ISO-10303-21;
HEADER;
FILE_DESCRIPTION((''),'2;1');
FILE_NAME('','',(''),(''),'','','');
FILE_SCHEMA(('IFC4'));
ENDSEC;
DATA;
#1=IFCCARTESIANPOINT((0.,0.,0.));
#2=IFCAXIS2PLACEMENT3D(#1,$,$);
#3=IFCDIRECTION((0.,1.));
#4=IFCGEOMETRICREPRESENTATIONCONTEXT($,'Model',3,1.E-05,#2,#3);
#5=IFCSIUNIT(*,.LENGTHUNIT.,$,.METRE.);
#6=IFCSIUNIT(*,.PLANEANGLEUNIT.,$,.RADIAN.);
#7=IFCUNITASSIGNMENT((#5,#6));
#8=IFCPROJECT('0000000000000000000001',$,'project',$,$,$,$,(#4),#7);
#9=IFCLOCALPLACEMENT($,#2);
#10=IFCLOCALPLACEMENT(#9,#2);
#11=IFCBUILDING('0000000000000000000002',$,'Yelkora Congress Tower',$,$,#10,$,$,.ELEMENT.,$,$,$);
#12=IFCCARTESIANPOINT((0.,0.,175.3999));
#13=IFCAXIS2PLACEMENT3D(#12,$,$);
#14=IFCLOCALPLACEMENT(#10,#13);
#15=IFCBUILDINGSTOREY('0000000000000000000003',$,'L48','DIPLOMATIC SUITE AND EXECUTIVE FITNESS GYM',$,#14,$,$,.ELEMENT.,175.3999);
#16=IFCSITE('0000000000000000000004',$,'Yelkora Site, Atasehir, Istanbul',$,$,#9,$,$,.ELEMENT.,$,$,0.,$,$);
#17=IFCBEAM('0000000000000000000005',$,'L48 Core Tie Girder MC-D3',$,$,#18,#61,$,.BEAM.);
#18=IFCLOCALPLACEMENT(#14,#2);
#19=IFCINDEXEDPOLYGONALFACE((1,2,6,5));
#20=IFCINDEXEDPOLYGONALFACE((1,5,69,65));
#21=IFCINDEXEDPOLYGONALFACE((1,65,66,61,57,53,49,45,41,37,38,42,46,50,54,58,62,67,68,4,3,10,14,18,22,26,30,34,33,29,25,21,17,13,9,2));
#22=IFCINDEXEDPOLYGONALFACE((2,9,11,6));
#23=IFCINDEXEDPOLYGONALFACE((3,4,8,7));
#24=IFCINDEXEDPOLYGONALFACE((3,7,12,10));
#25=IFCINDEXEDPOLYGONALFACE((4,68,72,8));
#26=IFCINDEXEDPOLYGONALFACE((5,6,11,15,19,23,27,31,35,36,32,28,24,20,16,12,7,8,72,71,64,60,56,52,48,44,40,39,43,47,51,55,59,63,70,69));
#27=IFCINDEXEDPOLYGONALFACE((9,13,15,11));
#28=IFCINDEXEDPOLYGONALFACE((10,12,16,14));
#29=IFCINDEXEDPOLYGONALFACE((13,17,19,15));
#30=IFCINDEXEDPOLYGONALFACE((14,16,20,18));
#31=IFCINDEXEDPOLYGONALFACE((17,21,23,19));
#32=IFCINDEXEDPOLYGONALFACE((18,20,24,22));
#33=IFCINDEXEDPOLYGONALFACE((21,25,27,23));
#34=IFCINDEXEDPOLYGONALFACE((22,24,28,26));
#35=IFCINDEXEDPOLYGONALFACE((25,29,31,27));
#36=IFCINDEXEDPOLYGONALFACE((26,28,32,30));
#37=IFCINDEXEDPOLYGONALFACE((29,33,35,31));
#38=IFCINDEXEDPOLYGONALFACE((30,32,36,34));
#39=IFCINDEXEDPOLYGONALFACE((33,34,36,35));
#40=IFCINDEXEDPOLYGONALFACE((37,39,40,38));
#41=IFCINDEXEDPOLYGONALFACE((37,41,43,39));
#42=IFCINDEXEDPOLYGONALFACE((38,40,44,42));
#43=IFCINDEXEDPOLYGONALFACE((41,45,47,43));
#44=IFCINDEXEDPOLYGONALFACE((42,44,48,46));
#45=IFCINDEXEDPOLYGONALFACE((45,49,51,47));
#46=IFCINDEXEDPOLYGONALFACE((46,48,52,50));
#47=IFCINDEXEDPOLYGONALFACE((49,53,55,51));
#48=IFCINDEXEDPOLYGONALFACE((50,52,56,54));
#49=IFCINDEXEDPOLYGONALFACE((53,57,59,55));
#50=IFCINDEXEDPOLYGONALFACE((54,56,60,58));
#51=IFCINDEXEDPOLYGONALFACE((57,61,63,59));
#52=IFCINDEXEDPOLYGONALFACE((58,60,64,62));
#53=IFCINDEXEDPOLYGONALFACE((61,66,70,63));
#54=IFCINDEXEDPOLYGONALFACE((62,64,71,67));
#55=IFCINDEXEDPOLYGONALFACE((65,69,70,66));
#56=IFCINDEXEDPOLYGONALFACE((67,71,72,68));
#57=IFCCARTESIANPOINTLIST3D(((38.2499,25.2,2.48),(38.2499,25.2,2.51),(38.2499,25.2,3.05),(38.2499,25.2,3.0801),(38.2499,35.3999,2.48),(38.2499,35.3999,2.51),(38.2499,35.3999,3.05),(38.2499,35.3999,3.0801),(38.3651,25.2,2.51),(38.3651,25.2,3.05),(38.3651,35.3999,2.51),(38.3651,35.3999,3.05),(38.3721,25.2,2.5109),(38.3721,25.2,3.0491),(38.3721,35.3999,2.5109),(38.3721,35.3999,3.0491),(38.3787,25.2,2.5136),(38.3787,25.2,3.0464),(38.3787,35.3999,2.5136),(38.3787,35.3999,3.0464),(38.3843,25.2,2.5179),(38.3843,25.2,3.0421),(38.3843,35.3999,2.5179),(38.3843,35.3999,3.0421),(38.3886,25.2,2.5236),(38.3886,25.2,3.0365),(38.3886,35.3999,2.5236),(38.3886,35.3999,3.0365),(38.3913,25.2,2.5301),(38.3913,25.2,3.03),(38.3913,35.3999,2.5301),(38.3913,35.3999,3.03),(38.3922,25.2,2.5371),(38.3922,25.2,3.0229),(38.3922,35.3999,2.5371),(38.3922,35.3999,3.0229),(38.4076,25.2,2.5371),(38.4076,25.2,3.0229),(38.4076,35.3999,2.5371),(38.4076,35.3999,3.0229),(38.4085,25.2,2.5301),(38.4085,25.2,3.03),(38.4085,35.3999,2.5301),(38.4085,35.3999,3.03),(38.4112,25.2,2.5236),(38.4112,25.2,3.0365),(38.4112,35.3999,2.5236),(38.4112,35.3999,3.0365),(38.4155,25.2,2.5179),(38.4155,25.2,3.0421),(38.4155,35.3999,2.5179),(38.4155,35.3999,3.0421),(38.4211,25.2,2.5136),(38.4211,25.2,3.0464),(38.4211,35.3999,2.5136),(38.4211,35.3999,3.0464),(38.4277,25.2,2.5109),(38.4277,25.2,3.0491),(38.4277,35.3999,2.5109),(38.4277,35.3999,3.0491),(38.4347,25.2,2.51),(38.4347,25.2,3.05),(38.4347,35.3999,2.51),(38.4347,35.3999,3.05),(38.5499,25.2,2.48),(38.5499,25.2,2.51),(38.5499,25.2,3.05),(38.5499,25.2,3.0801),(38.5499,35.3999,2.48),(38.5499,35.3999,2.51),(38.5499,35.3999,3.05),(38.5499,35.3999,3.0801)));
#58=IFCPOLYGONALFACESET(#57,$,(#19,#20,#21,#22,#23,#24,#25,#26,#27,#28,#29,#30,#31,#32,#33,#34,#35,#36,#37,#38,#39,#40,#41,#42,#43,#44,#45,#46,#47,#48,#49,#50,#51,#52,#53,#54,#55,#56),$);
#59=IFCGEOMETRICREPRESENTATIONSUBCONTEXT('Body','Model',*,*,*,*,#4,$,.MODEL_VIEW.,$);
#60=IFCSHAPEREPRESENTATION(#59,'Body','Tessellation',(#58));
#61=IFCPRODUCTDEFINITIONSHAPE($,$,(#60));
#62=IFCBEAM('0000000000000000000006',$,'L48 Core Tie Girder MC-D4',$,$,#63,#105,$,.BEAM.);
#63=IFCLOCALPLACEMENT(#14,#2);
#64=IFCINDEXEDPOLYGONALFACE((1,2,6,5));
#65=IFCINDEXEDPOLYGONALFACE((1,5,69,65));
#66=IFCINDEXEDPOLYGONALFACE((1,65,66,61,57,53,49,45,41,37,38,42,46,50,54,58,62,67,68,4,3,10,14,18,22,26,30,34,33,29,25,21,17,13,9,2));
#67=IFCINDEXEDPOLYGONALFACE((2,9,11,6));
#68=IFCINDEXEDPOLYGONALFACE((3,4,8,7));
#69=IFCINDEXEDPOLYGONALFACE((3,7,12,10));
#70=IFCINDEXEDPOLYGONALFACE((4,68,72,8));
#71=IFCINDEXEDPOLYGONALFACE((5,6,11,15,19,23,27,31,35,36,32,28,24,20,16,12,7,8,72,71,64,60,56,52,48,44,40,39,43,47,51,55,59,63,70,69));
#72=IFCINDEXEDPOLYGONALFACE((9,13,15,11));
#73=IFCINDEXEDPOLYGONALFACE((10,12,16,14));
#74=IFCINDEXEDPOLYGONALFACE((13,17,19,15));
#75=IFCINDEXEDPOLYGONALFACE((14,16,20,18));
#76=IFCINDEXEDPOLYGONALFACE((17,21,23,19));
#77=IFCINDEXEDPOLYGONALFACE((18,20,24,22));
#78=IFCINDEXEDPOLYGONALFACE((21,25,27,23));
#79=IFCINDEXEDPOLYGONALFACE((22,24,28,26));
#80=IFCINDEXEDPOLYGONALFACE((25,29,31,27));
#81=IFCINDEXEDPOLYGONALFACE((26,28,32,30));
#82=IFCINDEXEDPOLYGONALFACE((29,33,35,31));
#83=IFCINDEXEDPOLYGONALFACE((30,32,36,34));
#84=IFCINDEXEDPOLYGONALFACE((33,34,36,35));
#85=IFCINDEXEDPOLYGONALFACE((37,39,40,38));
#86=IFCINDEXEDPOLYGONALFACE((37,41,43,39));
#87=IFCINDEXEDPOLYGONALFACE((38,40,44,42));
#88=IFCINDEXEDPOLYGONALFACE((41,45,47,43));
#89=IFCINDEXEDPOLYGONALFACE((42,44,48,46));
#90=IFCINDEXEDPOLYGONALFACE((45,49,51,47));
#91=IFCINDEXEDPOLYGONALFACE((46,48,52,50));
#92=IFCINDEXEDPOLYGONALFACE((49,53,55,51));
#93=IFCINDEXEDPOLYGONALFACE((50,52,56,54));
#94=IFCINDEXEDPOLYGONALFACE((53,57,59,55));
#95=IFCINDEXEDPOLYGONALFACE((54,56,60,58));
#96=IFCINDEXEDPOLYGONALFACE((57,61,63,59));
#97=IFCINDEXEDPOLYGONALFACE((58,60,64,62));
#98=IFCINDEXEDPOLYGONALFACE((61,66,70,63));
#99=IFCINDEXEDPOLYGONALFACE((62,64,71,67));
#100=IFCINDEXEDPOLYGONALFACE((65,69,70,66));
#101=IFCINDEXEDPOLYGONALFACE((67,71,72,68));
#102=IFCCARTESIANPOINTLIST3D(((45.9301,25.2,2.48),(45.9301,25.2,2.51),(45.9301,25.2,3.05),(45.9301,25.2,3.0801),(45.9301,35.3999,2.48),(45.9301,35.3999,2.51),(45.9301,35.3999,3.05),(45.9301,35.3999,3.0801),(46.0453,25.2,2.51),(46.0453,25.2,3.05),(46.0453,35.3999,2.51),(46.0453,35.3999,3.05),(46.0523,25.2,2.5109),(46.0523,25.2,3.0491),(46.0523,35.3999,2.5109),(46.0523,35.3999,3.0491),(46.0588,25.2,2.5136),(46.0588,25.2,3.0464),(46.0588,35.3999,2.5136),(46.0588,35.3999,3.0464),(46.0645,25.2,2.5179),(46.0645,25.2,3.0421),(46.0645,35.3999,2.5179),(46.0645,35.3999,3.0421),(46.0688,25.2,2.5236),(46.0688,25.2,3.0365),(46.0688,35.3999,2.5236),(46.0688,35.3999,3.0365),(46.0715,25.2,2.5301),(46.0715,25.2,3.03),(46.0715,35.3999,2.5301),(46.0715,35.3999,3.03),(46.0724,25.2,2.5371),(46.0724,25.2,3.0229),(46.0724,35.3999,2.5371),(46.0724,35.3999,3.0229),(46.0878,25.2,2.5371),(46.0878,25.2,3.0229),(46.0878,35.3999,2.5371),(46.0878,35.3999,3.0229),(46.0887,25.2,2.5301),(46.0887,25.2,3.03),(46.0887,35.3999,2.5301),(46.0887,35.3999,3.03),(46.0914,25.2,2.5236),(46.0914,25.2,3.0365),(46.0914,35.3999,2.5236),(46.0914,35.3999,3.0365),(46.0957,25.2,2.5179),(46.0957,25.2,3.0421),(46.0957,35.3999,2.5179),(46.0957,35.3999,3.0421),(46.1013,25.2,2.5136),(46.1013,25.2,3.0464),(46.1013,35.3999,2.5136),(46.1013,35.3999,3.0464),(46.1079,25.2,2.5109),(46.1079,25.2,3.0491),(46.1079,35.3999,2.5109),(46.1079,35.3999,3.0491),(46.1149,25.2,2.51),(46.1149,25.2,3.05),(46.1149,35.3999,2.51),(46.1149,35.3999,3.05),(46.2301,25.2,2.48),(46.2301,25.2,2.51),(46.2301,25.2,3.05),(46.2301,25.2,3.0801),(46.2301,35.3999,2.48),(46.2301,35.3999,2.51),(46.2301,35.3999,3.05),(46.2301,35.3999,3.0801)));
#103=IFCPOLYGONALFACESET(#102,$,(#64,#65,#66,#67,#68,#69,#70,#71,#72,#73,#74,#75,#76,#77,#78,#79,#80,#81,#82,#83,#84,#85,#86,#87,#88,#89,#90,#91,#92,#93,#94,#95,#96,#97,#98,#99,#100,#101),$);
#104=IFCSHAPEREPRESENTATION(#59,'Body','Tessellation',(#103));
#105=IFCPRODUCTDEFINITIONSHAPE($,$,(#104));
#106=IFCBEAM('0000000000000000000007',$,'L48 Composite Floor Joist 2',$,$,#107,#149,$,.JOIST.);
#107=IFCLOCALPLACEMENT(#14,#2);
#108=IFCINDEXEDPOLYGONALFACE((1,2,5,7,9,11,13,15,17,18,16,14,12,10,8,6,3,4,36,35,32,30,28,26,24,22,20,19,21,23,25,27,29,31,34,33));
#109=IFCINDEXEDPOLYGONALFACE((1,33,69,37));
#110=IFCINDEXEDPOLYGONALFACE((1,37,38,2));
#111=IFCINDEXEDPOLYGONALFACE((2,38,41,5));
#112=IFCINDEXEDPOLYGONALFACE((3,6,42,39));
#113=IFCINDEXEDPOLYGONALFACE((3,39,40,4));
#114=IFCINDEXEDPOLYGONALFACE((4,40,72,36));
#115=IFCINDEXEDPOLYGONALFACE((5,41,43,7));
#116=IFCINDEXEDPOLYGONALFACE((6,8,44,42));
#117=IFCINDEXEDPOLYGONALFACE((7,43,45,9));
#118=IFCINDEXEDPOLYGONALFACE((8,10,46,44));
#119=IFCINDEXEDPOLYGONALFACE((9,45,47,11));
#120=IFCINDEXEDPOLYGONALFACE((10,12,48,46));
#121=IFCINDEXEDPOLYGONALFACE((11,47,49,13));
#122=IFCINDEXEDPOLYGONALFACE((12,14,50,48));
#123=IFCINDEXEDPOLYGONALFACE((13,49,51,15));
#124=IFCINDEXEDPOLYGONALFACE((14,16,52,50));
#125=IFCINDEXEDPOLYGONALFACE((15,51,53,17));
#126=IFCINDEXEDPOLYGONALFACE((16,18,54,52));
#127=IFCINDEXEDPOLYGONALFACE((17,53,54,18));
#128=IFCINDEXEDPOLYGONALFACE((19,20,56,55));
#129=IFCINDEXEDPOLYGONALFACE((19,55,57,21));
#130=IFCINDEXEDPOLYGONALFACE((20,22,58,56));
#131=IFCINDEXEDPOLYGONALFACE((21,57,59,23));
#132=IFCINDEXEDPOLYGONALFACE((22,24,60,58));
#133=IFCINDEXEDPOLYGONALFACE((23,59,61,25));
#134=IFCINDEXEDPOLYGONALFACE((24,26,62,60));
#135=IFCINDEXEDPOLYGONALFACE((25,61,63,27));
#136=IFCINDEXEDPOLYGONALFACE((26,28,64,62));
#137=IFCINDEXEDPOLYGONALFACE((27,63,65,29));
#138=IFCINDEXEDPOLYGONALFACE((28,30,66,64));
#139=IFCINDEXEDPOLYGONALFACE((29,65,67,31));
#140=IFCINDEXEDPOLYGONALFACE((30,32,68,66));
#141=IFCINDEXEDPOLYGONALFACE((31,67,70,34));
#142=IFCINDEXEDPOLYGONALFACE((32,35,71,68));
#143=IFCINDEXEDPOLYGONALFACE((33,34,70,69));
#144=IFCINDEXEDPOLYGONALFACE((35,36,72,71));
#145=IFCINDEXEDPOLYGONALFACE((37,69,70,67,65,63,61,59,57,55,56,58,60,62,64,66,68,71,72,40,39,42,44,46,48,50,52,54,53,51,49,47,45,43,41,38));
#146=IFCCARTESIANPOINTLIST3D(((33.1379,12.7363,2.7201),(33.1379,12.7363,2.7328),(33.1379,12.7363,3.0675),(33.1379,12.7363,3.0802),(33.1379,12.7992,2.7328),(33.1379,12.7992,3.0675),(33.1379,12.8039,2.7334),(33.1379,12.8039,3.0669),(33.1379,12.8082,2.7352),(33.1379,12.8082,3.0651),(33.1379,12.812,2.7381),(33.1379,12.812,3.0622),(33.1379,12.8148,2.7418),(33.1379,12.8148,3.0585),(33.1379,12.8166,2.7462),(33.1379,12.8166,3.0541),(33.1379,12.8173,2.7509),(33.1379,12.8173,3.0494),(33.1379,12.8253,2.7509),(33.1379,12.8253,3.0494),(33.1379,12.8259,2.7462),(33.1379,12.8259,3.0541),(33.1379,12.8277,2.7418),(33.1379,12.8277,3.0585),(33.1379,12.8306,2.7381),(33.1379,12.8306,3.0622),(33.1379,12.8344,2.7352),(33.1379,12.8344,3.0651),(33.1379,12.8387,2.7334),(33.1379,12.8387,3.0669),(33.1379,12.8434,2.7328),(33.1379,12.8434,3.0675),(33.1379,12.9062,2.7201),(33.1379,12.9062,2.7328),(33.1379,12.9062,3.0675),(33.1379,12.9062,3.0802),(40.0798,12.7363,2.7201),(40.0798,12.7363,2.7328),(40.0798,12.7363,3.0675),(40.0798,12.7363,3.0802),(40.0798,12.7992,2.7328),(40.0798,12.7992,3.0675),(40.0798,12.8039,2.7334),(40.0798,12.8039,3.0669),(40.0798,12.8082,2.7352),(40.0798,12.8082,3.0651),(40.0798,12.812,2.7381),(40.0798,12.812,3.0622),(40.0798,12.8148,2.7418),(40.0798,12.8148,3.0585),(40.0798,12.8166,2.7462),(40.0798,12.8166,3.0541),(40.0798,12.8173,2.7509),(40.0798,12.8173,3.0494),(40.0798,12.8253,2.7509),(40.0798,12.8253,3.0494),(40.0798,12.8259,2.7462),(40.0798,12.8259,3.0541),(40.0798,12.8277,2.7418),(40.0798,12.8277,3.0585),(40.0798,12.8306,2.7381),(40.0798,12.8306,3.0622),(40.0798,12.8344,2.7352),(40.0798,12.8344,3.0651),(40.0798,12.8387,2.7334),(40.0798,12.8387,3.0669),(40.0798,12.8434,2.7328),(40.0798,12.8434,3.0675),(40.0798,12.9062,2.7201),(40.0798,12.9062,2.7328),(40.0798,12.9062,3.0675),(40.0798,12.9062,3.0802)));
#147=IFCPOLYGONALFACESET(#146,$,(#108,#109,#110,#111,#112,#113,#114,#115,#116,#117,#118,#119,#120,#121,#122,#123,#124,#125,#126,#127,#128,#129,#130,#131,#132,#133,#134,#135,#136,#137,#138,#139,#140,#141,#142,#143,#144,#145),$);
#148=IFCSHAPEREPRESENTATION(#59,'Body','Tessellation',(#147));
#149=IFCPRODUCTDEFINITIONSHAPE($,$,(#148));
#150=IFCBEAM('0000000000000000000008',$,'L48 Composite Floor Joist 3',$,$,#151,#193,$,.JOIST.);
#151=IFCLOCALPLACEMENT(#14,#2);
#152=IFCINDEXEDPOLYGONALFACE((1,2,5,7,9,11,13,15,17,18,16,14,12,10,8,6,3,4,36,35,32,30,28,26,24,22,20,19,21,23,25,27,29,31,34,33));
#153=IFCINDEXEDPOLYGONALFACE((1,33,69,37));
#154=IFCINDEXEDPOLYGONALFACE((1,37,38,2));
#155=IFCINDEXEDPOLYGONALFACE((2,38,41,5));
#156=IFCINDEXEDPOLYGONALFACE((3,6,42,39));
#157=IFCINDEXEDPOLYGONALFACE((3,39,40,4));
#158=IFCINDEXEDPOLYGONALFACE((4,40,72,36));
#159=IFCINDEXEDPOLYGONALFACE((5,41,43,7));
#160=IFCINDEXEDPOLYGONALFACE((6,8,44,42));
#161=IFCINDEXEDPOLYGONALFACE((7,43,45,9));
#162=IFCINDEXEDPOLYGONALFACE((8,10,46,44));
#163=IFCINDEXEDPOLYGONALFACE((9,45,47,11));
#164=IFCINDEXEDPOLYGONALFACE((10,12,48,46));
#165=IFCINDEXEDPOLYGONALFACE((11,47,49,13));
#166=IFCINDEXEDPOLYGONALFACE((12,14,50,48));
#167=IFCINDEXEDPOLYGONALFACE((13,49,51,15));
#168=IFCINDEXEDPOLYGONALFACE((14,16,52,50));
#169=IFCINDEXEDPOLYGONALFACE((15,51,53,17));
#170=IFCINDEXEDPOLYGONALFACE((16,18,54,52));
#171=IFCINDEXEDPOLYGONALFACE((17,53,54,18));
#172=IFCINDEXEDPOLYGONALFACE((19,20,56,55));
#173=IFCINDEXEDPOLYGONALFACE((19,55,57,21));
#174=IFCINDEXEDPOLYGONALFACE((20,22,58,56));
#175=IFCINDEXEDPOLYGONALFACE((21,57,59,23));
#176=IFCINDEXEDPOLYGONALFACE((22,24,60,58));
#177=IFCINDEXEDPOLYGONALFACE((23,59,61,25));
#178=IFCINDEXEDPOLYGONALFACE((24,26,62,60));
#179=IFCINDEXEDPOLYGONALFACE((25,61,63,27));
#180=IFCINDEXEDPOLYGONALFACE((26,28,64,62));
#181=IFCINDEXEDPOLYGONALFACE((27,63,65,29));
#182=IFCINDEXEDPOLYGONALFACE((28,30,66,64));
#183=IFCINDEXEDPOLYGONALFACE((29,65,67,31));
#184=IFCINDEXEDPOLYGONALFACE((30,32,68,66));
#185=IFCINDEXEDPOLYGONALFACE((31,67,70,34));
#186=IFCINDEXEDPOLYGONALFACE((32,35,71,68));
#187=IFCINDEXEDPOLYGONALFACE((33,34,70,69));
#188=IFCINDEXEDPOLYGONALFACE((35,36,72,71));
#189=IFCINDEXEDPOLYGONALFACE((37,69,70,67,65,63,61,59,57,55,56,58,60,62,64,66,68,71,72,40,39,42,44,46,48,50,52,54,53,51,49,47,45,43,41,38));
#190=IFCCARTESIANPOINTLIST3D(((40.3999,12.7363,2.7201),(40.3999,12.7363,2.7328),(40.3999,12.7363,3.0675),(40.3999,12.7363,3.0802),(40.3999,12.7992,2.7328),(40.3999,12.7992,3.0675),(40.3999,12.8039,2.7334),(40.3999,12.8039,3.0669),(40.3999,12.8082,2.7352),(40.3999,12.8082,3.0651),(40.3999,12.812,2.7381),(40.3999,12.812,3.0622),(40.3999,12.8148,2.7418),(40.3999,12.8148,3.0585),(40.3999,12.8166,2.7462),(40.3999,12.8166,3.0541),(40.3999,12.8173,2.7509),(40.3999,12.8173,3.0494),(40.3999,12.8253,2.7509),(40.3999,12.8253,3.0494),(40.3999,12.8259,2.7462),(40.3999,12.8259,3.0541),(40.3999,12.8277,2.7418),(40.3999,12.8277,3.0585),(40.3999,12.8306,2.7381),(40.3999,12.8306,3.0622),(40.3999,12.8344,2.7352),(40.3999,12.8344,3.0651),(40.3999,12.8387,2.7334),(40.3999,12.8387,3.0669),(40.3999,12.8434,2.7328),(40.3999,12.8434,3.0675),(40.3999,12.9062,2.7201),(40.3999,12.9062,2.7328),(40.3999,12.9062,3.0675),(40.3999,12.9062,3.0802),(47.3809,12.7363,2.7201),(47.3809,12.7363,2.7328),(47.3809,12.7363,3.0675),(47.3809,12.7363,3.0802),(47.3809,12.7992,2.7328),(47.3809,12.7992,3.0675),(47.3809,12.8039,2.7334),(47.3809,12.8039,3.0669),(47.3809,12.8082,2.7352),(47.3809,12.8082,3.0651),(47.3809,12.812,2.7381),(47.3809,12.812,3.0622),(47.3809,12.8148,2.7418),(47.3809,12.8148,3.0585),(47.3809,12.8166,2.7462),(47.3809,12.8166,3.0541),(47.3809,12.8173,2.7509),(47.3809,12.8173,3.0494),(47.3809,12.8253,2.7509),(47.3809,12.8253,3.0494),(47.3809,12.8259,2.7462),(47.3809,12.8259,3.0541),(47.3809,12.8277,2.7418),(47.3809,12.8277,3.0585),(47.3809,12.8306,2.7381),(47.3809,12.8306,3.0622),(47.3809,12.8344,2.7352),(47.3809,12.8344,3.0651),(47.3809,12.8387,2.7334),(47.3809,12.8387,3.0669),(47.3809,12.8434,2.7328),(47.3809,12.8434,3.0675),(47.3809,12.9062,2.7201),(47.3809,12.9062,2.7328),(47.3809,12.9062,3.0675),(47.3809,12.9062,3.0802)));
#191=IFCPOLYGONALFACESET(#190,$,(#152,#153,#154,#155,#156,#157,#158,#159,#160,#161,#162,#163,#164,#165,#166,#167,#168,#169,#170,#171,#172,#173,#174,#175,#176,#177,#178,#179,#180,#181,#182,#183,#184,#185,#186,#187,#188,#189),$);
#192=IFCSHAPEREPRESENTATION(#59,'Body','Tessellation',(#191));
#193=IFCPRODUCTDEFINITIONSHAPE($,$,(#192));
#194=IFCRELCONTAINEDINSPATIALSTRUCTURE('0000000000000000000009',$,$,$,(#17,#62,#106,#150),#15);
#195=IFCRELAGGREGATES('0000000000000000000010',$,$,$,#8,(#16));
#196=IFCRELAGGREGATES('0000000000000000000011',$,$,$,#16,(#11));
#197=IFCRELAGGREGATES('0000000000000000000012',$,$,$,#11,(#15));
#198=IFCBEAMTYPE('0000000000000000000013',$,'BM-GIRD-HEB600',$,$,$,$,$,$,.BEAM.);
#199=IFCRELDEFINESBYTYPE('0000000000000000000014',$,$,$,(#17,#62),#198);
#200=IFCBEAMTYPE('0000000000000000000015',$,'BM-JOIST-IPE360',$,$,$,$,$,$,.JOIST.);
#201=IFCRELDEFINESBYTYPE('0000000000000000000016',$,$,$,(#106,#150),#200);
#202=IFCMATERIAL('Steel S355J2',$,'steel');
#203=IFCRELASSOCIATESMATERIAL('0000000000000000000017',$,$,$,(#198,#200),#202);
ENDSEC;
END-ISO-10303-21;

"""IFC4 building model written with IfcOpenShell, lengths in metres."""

from ifc_helpers import new_model, si_unit, direction, frame, origin, origin_2d, place, context, subcontext, project, spatial, i_section, extrude, material, material_profile, profile_set, type_object, element, save


model = new_model("IFC4")

# Units and contexts
model_context = context("Model", 3, precision=1e-05, world=origin(), true_north=direction((0.0, 1.0)))
body_context = subcontext(model_context, "Body", "Model", "MODEL_VIEW")
ifc_project = project(units=[si_unit("LENGTHUNIT", "METRE"), si_unit("PLANEANGLEUNIT", "RADIAN")], contexts=[model_context])

# Site, building, storey
site_placement = place(None, origin())
site = spatial("IfcSite", under=ifc_project, at=site_placement, Name="Yelkora Site, Atasehir, Istanbul", CompositionType="ELEMENT", RefElevation=0.0)
building_placement = place(site_placement, origin())
building = spatial("IfcBuilding", under=site, at=building_placement, Name="Yelkora Congress Tower", CompositionType="ELEMENT")
storey_placement = place(building_placement, frame((0.0, 0.0, 175.3999)))
storey = spatial("IfcBuildingStorey", under=building, at=storey_placement, Name="L48", Description="DIPLOMATIC SUITE AND EXECUTIVE FITNESS GYM", CompositionType="ELEMENT", Elevation=175.3999)

# Beams
ifc_material_1 = material(Name="Steel S355J2", Category="steel")
ifc_material_profile_1 = material_profile(ifc_material_1, i_section(OverallWidth=0.3, OverallDepth=0.6001, WebThickness=0.0154, FlangeThickness=0.03, FilletRadius=0.0271, at=origin_2d()), Name="HEB 600")
ifc_profile_set_1 = profile_set([ifc_material_profile_1], Name="Steel S355J2")
beam_type_1 = type_object("IfcBeamType", Name="BM-GIRD-HEB600", PredefinedType="BEAM", material=ifc_profile_set_1)
for number, where, z_axis, x_axis, name in (
    (1, (38.3999, 25.2, 2.78), (0.0, 1.0, 0.0), (-1.0, 0.0, 0.0), "L48 Core Tie Girder MC-D3"),
    (2, (46.0801, 25.2, 2.78), (0.0, 1.0, 0.0), (-1.0, 0.0, 0.0), "L48 Core Tie Girder MC-D4"),
):
    element("IfcBeam", number, at=place(storey_placement, frame(where, z_axis=z_axis, x_axis=x_axis)), inside=storey, type_object=beam_type_1, Name=name, PredefinedType="BEAM", context=body_context, shape_type="SweptSolid", body=[
        extrude(i_section(OverallWidth=0.3, OverallDepth=0.6001, WebThickness=0.0154, FlangeThickness=0.03, FilletRadius=0.0271, at=origin_2d()), origin(), (0.0, 0.0, 1.0), 10.2),
    ])
ifc_material_profile_2 = material_profile(ifc_material_1, i_section(OverallWidth=0.1699, OverallDepth=0.3601, WebThickness=0.0081, FlangeThickness=0.0127, FilletRadius=0.0181, at=origin_2d()), Name="IPE 360")
ifc_profile_set_2 = profile_set([ifc_material_profile_2], Name="Steel S355J2")
beam_type_2 = type_object("IfcBeamType", Name="BM-JOIST-IPE360", PredefinedType="JOIST", material=ifc_profile_set_2)
beam_1_placement = place(storey_placement, frame((33.1379, 12.8213, 2.9001), z_axis=(1.0, 0.0, 0.0), x_axis=(0.0, 1.0, 0.0)))
element("IfcBeam", 3, at=beam_1_placement, inside=storey, type_object=beam_type_2, Name="L48 Composite Floor Joist 2", PredefinedType="JOIST", context=body_context, shape_type="SweptSolid", body=[
    extrude(i_section(OverallWidth=0.1699, OverallDepth=0.3601, WebThickness=0.0081, FlangeThickness=0.0127, FilletRadius=0.0181, at=origin_2d()), origin(), (0.0, 0.0, 1.0), 6.9419),
])
beam_2_placement = place(storey_placement, frame((40.3999, 12.8213, 2.9001), z_axis=(1.0, 0.0, 0.0), x_axis=(0.0, 1.0, 0.0)))
element("IfcBeam", 4, at=beam_2_placement, inside=storey, type_object=beam_type_2, Name="L48 Composite Floor Joist 3", PredefinedType="JOIST", context=body_context, shape_type="SweptSolid", body=[
    extrude(i_section(OverallWidth=0.1699, OverallDepth=0.3601, WebThickness=0.0081, FlangeThickness=0.0127, FilletRadius=0.0181, at=origin_2d()), origin(), (0.0, 0.0, 1.0), 6.981),
])

save(model, "model.ifc")
